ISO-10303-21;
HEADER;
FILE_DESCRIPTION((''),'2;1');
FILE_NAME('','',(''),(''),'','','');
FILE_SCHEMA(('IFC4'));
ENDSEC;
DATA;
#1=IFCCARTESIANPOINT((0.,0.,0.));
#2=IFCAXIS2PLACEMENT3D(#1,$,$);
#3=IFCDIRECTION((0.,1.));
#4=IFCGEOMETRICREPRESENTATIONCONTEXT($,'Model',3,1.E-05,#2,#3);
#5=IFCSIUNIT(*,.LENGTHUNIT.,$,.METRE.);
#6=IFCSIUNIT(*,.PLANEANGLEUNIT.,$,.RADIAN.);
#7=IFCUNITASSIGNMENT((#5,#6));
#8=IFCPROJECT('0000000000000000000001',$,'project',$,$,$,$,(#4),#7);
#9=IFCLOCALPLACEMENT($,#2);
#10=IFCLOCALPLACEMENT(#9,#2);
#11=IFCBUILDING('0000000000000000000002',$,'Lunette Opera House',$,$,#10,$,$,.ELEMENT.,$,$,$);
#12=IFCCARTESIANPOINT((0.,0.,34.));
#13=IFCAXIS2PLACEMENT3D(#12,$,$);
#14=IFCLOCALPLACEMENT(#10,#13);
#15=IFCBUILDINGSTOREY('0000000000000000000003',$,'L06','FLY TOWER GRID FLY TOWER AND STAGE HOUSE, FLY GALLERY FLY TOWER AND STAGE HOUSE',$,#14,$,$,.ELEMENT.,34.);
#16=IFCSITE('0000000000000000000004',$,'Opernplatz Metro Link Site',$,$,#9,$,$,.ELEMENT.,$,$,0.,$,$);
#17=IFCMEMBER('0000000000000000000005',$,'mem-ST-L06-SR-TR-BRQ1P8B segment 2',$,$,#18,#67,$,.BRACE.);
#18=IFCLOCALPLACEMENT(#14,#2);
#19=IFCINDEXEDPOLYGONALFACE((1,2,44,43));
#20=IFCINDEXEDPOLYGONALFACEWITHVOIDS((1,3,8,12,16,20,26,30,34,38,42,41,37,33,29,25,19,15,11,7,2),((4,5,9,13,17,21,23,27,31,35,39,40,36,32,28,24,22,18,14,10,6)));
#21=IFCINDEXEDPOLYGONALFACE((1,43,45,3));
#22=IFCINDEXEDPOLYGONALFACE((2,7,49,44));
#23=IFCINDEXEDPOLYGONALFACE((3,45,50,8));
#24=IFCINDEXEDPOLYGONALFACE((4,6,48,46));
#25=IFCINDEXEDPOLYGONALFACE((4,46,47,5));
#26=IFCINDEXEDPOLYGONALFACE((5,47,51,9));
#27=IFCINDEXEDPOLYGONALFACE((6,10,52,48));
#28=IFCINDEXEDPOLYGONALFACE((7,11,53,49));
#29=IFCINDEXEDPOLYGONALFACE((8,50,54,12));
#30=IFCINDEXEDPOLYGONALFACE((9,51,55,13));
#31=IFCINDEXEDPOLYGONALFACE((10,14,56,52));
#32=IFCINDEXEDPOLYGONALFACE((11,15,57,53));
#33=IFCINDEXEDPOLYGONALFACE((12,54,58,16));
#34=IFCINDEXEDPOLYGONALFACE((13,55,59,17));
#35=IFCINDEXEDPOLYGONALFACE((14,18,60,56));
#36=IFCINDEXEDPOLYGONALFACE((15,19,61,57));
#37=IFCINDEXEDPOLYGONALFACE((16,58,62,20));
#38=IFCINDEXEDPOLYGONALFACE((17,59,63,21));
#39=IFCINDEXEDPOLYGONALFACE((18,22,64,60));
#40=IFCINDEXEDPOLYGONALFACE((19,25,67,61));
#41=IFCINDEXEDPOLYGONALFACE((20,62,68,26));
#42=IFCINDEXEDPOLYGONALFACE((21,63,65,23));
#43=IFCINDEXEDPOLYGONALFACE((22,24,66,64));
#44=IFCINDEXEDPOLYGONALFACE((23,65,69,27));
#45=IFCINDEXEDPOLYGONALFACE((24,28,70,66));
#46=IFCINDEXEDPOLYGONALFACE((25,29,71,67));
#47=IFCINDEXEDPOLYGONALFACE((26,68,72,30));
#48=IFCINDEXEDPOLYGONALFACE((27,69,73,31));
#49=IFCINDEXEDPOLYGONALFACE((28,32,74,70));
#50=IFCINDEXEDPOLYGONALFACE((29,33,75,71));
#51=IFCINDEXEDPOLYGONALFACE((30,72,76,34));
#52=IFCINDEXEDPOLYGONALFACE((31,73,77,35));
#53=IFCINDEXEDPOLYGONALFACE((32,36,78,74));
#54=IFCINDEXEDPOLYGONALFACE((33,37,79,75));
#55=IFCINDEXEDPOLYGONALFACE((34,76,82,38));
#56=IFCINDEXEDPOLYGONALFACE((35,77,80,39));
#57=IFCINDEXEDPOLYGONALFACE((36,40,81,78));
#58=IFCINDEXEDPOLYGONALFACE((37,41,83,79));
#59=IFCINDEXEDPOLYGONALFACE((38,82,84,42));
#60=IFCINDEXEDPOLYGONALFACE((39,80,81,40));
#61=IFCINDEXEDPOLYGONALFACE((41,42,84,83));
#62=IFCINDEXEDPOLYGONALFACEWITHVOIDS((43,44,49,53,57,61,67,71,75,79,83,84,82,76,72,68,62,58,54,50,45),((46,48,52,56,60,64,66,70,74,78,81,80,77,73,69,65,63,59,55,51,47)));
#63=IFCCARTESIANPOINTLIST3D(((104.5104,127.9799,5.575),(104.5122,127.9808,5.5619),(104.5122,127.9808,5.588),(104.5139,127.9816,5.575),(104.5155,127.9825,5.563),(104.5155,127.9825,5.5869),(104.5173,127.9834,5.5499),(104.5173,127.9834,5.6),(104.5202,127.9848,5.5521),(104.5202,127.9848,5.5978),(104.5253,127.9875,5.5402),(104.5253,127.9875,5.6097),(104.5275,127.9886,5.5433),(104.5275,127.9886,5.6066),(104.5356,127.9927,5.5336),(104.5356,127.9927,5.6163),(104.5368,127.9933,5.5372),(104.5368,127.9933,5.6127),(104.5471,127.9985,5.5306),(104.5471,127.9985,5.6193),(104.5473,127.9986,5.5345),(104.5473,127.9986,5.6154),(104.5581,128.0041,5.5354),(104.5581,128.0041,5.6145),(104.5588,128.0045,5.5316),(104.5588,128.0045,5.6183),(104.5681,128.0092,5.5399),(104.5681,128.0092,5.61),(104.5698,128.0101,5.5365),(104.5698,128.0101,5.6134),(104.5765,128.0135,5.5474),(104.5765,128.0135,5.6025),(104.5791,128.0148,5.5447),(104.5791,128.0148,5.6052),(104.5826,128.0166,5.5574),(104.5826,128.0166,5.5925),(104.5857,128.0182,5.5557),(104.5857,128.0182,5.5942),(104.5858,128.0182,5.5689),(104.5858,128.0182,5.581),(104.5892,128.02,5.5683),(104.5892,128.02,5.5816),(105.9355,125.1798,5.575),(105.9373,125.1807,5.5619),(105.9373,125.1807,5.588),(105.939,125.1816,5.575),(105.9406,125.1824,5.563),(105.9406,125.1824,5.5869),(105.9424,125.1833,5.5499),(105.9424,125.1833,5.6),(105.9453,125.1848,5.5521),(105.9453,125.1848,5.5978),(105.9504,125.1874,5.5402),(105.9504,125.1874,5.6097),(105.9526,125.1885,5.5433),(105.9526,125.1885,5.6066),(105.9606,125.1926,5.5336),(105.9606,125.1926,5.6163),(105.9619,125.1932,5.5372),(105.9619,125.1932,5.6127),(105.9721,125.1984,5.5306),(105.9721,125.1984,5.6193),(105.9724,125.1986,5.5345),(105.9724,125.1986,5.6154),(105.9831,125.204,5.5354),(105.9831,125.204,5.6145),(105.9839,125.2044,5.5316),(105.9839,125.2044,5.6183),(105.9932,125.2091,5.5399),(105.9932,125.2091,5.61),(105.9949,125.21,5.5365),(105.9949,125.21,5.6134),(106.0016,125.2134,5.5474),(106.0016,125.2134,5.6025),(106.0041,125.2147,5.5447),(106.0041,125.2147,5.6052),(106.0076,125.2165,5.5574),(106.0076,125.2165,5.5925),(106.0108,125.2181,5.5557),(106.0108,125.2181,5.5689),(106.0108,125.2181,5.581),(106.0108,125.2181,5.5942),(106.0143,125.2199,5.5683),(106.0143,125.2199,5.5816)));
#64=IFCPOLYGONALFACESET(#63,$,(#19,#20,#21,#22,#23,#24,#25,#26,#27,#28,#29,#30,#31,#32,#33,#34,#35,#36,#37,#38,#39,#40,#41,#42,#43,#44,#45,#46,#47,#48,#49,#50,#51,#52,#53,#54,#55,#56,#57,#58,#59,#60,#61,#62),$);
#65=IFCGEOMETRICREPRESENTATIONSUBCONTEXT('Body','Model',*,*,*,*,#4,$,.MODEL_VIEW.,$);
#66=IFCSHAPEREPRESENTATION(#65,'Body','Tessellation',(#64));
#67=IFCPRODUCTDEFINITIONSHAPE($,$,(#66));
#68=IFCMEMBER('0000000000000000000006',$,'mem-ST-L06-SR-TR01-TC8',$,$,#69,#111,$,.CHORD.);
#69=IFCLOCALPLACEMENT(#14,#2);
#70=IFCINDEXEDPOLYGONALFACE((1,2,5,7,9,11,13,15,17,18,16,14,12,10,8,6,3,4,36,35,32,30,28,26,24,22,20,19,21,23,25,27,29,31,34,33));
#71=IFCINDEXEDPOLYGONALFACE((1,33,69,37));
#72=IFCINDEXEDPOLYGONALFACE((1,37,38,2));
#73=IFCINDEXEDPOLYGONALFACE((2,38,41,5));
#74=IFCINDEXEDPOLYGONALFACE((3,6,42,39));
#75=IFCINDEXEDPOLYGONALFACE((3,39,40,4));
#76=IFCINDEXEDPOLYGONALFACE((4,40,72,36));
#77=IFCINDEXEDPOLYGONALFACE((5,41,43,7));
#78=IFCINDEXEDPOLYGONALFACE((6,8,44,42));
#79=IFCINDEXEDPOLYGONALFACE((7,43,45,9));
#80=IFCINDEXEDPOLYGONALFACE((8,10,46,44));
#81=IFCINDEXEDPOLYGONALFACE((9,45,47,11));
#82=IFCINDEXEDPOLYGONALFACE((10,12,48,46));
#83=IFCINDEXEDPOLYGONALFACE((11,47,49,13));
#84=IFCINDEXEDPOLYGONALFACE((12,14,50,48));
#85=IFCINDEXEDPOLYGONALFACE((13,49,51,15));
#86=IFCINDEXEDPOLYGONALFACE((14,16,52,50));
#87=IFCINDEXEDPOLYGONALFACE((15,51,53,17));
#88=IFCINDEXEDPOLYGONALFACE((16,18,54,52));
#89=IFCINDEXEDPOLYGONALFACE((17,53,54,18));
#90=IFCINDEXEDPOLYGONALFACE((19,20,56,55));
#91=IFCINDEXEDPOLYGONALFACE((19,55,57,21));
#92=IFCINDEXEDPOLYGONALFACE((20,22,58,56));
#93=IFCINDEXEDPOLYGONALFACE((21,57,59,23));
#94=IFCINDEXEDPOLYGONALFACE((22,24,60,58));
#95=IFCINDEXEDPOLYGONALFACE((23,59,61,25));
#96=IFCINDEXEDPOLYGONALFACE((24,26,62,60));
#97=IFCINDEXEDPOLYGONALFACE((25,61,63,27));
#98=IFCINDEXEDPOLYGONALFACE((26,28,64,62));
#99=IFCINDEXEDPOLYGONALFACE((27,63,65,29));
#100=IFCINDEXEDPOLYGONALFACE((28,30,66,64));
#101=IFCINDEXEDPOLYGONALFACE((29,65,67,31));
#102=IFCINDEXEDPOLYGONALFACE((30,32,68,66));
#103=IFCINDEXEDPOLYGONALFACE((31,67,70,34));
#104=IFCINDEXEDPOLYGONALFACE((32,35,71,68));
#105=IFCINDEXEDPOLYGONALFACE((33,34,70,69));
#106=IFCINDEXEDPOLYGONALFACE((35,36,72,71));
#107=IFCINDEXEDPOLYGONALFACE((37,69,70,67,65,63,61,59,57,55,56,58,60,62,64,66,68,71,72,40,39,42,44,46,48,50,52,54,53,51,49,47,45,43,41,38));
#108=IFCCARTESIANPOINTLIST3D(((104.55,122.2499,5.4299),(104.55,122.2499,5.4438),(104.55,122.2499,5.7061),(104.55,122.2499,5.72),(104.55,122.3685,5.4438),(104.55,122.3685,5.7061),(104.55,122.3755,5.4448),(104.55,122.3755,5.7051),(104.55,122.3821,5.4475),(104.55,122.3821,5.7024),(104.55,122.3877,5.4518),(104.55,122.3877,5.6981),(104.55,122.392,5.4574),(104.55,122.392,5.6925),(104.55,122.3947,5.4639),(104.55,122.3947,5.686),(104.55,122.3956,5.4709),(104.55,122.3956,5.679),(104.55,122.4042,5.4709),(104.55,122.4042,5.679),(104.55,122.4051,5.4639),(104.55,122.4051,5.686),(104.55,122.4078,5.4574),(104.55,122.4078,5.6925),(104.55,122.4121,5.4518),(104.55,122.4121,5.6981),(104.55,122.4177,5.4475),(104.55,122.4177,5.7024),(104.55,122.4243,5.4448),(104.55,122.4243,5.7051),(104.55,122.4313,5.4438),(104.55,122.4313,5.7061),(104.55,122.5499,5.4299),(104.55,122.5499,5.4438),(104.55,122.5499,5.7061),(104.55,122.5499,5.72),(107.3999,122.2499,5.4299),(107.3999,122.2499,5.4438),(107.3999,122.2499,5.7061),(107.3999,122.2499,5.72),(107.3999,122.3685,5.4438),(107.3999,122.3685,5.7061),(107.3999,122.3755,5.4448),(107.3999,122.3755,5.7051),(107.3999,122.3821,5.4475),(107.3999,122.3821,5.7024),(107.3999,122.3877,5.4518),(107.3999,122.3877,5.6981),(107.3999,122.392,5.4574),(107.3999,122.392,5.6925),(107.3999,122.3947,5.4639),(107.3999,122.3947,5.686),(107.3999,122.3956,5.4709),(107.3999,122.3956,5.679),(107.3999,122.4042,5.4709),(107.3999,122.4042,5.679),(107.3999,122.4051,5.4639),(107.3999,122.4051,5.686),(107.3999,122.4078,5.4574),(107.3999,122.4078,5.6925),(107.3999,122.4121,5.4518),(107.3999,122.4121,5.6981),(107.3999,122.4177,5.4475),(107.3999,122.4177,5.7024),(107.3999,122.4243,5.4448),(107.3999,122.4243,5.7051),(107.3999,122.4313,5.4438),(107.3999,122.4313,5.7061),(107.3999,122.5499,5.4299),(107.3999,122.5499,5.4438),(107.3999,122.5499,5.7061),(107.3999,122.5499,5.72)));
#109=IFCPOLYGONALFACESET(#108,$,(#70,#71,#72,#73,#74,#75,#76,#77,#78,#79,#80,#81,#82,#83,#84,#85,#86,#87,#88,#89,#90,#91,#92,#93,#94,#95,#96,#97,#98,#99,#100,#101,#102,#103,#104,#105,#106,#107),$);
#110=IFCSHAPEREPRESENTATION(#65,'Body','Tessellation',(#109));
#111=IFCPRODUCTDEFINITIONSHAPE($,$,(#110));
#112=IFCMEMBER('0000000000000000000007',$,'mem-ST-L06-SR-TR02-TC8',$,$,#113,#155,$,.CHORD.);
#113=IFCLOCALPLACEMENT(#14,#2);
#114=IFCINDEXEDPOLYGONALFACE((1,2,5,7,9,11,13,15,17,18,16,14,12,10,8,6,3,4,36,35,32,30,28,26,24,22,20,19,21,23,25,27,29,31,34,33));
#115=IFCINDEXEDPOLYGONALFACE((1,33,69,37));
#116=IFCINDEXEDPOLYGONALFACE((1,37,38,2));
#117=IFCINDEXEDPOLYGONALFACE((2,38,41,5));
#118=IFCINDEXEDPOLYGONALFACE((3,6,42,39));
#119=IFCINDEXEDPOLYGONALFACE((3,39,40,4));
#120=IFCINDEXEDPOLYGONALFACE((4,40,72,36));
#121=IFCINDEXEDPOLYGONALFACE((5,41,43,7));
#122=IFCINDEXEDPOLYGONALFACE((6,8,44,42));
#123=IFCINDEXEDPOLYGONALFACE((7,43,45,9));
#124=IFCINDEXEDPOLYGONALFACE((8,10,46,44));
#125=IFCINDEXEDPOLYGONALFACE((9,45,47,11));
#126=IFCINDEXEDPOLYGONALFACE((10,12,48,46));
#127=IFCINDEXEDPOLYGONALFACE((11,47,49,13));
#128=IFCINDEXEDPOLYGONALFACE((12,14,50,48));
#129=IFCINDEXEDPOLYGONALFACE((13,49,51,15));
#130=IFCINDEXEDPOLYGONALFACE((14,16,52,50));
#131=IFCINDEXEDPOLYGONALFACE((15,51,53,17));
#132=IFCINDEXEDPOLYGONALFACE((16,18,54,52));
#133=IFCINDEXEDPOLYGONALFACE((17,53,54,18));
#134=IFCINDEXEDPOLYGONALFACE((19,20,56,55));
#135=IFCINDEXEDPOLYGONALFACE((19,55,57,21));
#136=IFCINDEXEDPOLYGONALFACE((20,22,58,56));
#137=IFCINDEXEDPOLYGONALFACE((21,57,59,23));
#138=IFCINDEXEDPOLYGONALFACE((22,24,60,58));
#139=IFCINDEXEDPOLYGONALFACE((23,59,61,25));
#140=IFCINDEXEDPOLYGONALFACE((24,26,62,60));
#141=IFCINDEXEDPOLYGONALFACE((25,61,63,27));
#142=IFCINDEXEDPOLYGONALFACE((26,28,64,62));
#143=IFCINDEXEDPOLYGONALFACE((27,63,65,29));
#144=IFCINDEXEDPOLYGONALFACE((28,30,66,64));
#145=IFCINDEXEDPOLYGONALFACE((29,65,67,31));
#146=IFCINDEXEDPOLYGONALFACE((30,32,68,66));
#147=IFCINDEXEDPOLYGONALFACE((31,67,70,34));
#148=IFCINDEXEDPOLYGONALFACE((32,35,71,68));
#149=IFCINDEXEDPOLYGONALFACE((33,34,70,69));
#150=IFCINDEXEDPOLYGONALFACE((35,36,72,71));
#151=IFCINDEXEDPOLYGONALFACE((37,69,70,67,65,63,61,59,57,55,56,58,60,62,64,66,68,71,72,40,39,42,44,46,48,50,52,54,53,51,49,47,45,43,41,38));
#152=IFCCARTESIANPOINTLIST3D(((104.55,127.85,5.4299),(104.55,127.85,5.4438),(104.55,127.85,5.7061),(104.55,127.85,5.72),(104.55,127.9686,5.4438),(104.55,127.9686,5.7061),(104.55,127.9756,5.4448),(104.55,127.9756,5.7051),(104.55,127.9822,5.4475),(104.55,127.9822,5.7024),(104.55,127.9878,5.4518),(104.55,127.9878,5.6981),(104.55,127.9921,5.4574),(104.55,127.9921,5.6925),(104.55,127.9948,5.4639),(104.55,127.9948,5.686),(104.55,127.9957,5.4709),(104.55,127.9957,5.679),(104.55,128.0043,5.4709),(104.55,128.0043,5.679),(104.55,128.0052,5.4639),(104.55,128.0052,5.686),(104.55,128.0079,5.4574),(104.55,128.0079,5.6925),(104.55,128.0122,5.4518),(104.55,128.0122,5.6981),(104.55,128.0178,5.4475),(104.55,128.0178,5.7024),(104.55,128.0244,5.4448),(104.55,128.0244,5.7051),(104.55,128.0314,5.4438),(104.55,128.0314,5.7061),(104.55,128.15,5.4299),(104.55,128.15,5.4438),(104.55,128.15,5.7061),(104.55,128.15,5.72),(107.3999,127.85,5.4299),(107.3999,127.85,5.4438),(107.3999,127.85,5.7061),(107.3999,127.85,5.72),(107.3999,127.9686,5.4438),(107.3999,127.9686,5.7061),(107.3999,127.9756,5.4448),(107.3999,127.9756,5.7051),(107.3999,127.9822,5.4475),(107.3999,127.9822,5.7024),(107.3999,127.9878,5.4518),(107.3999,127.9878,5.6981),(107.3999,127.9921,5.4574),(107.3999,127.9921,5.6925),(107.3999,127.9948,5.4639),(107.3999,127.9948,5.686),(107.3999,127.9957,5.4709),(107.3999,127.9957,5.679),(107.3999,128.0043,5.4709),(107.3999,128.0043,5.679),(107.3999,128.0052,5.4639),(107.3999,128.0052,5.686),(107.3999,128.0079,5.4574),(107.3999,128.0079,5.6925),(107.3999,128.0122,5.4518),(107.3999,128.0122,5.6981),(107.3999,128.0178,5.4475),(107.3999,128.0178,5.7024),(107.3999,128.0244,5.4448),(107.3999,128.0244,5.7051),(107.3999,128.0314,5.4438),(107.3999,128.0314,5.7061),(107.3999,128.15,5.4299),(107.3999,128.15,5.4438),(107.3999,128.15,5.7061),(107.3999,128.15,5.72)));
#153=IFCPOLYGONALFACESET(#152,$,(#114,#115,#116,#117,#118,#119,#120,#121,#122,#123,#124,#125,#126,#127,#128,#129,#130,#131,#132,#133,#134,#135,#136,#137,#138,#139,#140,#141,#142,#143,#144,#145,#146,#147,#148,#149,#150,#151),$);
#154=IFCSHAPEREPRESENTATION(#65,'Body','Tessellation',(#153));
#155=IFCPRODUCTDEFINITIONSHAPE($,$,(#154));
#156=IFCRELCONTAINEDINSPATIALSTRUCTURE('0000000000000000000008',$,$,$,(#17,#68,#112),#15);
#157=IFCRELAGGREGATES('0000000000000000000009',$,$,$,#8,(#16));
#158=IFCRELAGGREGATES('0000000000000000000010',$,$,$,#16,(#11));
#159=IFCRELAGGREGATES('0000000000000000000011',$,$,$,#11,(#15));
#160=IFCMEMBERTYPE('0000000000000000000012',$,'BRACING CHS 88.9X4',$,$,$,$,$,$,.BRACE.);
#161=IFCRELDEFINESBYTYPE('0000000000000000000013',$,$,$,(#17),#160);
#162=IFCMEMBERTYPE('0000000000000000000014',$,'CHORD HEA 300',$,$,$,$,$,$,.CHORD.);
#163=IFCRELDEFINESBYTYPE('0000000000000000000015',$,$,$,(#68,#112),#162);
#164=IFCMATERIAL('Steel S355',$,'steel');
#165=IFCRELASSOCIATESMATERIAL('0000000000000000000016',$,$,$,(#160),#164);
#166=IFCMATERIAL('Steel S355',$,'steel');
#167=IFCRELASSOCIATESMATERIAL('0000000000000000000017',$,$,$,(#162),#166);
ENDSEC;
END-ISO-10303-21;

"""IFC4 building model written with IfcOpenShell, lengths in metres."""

from ifc_helpers import new_model, si_unit, direction, frame, origin, origin_2d, place, context, subcontext, project, spatial, hollow_circle, i_section, extrude, material, material_profile, profile_set, type_object, element, save


model = new_model("IFC4")

# Units and contexts
model_context = context("Model", 3, precision=1e-05, world=origin(), true_north=direction((0.0, 1.0)))
body_context = subcontext(model_context, "Body", "Model", "MODEL_VIEW")
ifc_project = project(units=[si_unit("LENGTHUNIT", "METRE"), si_unit("PLANEANGLEUNIT", "RADIAN")], contexts=[model_context])

# Site, building, storey
site_placement = place(None, origin())
site = spatial("IfcSite", under=ifc_project, at=site_placement, Name="Opernplatz Metro Link Site", CompositionType="ELEMENT", RefElevation=0.0)
building_placement = place(site_placement, origin())
building = spatial("IfcBuilding", under=site, at=building_placement, Name="Lunette Opera House", CompositionType="ELEMENT")
storey_placement = place(building_placement, frame((0.0, 0.0, 34.0)))
storey = spatial("IfcBuildingStorey", under=building, at=storey_placement, Name="L06", Description="FLY TOWER GRID FLY TOWER AND STAGE HOUSE, FLY GALLERY FLY TOWER AND STAGE HOUSE", CompositionType="ELEMENT", Elevation=34.0)

# Members
ifc_material_1 = material(Name="Steel S355", Category="steel")
ifc_material_profile_1 = material_profile(ifc_material_1, hollow_circle(Radius=0.0444, WallThickness=0.0039, at=origin_2d()), Name="CHS 88.9X4")
ifc_profile_set_1 = profile_set([ifc_material_profile_1], Name="Steel S355")
member_type_1 = type_object("IfcMemberType", Name="BRACING CHS 88.9X4", PredefinedType="BRACE", material=ifc_profile_set_1)
member_1_placement = place(storey_placement, frame((105.9751, 125.2, 5.575), z_axis=(-0.453574, 0.891219, 0.0), x_axis=(-0.891219, -0.453574, 0.0)))
element("IfcMember", 1, at=member_1_placement, inside=storey, type_object=member_type_1, Name="mem-ST-L06-SR-TR-BRQ1P8B segment 2", PredefinedType="BRACE", context=body_context, shape_type="SweptSolid", body=[
    extrude(hollow_circle(Radius=0.0444, WallThickness=0.0039, at=origin_2d()), origin(), (0.0, 0.0, 1.0), 3.1418),
])
ifc_material_2 = material(Name="Steel S355", Category="steel")
ifc_material_profile_2 = material_profile(ifc_material_2, i_section(OverallWidth=0.3, OverallDepth=0.29, WebThickness=0.0085, FlangeThickness=0.0139, FilletRadius=0.0271, at=origin_2d()), Name="HEA 300")
ifc_profile_set_2 = profile_set([ifc_material_profile_2], Name="Steel S355")
member_type_2 = type_object("IfcMemberType", Name="CHORD HEA 300", PredefinedType="CHORD", material=ifc_profile_set_2)
for number, where, z_axis, x_axis, name in (
    (2, (104.55, 122.3999, 5.575), (1.0, 0.0, 0.0), (0.0, 1.0, 0.0), "mem-ST-L06-SR-TR01-TC8"),
    (3, (104.55, 128.0, 5.575), (1.0, 0.0, 0.0), (0.0, 1.0, 0.0), "mem-ST-L06-SR-TR02-TC8"),
):
    element("IfcMember", number, at=place(storey_placement, frame(where, z_axis=z_axis, x_axis=x_axis)), inside=storey, type_object=member_type_2, Name=name, PredefinedType="CHORD", context=body_context, shape_type="SweptSolid", body=[
        extrude(i_section(OverallWidth=0.3, OverallDepth=0.29, WebThickness=0.0085, FlangeThickness=0.0139, FilletRadius=0.0271, at=origin_2d()), origin(), (0.0, 0.0, 1.0), 2.8499),
    ])

save(model, "model.ifc")
